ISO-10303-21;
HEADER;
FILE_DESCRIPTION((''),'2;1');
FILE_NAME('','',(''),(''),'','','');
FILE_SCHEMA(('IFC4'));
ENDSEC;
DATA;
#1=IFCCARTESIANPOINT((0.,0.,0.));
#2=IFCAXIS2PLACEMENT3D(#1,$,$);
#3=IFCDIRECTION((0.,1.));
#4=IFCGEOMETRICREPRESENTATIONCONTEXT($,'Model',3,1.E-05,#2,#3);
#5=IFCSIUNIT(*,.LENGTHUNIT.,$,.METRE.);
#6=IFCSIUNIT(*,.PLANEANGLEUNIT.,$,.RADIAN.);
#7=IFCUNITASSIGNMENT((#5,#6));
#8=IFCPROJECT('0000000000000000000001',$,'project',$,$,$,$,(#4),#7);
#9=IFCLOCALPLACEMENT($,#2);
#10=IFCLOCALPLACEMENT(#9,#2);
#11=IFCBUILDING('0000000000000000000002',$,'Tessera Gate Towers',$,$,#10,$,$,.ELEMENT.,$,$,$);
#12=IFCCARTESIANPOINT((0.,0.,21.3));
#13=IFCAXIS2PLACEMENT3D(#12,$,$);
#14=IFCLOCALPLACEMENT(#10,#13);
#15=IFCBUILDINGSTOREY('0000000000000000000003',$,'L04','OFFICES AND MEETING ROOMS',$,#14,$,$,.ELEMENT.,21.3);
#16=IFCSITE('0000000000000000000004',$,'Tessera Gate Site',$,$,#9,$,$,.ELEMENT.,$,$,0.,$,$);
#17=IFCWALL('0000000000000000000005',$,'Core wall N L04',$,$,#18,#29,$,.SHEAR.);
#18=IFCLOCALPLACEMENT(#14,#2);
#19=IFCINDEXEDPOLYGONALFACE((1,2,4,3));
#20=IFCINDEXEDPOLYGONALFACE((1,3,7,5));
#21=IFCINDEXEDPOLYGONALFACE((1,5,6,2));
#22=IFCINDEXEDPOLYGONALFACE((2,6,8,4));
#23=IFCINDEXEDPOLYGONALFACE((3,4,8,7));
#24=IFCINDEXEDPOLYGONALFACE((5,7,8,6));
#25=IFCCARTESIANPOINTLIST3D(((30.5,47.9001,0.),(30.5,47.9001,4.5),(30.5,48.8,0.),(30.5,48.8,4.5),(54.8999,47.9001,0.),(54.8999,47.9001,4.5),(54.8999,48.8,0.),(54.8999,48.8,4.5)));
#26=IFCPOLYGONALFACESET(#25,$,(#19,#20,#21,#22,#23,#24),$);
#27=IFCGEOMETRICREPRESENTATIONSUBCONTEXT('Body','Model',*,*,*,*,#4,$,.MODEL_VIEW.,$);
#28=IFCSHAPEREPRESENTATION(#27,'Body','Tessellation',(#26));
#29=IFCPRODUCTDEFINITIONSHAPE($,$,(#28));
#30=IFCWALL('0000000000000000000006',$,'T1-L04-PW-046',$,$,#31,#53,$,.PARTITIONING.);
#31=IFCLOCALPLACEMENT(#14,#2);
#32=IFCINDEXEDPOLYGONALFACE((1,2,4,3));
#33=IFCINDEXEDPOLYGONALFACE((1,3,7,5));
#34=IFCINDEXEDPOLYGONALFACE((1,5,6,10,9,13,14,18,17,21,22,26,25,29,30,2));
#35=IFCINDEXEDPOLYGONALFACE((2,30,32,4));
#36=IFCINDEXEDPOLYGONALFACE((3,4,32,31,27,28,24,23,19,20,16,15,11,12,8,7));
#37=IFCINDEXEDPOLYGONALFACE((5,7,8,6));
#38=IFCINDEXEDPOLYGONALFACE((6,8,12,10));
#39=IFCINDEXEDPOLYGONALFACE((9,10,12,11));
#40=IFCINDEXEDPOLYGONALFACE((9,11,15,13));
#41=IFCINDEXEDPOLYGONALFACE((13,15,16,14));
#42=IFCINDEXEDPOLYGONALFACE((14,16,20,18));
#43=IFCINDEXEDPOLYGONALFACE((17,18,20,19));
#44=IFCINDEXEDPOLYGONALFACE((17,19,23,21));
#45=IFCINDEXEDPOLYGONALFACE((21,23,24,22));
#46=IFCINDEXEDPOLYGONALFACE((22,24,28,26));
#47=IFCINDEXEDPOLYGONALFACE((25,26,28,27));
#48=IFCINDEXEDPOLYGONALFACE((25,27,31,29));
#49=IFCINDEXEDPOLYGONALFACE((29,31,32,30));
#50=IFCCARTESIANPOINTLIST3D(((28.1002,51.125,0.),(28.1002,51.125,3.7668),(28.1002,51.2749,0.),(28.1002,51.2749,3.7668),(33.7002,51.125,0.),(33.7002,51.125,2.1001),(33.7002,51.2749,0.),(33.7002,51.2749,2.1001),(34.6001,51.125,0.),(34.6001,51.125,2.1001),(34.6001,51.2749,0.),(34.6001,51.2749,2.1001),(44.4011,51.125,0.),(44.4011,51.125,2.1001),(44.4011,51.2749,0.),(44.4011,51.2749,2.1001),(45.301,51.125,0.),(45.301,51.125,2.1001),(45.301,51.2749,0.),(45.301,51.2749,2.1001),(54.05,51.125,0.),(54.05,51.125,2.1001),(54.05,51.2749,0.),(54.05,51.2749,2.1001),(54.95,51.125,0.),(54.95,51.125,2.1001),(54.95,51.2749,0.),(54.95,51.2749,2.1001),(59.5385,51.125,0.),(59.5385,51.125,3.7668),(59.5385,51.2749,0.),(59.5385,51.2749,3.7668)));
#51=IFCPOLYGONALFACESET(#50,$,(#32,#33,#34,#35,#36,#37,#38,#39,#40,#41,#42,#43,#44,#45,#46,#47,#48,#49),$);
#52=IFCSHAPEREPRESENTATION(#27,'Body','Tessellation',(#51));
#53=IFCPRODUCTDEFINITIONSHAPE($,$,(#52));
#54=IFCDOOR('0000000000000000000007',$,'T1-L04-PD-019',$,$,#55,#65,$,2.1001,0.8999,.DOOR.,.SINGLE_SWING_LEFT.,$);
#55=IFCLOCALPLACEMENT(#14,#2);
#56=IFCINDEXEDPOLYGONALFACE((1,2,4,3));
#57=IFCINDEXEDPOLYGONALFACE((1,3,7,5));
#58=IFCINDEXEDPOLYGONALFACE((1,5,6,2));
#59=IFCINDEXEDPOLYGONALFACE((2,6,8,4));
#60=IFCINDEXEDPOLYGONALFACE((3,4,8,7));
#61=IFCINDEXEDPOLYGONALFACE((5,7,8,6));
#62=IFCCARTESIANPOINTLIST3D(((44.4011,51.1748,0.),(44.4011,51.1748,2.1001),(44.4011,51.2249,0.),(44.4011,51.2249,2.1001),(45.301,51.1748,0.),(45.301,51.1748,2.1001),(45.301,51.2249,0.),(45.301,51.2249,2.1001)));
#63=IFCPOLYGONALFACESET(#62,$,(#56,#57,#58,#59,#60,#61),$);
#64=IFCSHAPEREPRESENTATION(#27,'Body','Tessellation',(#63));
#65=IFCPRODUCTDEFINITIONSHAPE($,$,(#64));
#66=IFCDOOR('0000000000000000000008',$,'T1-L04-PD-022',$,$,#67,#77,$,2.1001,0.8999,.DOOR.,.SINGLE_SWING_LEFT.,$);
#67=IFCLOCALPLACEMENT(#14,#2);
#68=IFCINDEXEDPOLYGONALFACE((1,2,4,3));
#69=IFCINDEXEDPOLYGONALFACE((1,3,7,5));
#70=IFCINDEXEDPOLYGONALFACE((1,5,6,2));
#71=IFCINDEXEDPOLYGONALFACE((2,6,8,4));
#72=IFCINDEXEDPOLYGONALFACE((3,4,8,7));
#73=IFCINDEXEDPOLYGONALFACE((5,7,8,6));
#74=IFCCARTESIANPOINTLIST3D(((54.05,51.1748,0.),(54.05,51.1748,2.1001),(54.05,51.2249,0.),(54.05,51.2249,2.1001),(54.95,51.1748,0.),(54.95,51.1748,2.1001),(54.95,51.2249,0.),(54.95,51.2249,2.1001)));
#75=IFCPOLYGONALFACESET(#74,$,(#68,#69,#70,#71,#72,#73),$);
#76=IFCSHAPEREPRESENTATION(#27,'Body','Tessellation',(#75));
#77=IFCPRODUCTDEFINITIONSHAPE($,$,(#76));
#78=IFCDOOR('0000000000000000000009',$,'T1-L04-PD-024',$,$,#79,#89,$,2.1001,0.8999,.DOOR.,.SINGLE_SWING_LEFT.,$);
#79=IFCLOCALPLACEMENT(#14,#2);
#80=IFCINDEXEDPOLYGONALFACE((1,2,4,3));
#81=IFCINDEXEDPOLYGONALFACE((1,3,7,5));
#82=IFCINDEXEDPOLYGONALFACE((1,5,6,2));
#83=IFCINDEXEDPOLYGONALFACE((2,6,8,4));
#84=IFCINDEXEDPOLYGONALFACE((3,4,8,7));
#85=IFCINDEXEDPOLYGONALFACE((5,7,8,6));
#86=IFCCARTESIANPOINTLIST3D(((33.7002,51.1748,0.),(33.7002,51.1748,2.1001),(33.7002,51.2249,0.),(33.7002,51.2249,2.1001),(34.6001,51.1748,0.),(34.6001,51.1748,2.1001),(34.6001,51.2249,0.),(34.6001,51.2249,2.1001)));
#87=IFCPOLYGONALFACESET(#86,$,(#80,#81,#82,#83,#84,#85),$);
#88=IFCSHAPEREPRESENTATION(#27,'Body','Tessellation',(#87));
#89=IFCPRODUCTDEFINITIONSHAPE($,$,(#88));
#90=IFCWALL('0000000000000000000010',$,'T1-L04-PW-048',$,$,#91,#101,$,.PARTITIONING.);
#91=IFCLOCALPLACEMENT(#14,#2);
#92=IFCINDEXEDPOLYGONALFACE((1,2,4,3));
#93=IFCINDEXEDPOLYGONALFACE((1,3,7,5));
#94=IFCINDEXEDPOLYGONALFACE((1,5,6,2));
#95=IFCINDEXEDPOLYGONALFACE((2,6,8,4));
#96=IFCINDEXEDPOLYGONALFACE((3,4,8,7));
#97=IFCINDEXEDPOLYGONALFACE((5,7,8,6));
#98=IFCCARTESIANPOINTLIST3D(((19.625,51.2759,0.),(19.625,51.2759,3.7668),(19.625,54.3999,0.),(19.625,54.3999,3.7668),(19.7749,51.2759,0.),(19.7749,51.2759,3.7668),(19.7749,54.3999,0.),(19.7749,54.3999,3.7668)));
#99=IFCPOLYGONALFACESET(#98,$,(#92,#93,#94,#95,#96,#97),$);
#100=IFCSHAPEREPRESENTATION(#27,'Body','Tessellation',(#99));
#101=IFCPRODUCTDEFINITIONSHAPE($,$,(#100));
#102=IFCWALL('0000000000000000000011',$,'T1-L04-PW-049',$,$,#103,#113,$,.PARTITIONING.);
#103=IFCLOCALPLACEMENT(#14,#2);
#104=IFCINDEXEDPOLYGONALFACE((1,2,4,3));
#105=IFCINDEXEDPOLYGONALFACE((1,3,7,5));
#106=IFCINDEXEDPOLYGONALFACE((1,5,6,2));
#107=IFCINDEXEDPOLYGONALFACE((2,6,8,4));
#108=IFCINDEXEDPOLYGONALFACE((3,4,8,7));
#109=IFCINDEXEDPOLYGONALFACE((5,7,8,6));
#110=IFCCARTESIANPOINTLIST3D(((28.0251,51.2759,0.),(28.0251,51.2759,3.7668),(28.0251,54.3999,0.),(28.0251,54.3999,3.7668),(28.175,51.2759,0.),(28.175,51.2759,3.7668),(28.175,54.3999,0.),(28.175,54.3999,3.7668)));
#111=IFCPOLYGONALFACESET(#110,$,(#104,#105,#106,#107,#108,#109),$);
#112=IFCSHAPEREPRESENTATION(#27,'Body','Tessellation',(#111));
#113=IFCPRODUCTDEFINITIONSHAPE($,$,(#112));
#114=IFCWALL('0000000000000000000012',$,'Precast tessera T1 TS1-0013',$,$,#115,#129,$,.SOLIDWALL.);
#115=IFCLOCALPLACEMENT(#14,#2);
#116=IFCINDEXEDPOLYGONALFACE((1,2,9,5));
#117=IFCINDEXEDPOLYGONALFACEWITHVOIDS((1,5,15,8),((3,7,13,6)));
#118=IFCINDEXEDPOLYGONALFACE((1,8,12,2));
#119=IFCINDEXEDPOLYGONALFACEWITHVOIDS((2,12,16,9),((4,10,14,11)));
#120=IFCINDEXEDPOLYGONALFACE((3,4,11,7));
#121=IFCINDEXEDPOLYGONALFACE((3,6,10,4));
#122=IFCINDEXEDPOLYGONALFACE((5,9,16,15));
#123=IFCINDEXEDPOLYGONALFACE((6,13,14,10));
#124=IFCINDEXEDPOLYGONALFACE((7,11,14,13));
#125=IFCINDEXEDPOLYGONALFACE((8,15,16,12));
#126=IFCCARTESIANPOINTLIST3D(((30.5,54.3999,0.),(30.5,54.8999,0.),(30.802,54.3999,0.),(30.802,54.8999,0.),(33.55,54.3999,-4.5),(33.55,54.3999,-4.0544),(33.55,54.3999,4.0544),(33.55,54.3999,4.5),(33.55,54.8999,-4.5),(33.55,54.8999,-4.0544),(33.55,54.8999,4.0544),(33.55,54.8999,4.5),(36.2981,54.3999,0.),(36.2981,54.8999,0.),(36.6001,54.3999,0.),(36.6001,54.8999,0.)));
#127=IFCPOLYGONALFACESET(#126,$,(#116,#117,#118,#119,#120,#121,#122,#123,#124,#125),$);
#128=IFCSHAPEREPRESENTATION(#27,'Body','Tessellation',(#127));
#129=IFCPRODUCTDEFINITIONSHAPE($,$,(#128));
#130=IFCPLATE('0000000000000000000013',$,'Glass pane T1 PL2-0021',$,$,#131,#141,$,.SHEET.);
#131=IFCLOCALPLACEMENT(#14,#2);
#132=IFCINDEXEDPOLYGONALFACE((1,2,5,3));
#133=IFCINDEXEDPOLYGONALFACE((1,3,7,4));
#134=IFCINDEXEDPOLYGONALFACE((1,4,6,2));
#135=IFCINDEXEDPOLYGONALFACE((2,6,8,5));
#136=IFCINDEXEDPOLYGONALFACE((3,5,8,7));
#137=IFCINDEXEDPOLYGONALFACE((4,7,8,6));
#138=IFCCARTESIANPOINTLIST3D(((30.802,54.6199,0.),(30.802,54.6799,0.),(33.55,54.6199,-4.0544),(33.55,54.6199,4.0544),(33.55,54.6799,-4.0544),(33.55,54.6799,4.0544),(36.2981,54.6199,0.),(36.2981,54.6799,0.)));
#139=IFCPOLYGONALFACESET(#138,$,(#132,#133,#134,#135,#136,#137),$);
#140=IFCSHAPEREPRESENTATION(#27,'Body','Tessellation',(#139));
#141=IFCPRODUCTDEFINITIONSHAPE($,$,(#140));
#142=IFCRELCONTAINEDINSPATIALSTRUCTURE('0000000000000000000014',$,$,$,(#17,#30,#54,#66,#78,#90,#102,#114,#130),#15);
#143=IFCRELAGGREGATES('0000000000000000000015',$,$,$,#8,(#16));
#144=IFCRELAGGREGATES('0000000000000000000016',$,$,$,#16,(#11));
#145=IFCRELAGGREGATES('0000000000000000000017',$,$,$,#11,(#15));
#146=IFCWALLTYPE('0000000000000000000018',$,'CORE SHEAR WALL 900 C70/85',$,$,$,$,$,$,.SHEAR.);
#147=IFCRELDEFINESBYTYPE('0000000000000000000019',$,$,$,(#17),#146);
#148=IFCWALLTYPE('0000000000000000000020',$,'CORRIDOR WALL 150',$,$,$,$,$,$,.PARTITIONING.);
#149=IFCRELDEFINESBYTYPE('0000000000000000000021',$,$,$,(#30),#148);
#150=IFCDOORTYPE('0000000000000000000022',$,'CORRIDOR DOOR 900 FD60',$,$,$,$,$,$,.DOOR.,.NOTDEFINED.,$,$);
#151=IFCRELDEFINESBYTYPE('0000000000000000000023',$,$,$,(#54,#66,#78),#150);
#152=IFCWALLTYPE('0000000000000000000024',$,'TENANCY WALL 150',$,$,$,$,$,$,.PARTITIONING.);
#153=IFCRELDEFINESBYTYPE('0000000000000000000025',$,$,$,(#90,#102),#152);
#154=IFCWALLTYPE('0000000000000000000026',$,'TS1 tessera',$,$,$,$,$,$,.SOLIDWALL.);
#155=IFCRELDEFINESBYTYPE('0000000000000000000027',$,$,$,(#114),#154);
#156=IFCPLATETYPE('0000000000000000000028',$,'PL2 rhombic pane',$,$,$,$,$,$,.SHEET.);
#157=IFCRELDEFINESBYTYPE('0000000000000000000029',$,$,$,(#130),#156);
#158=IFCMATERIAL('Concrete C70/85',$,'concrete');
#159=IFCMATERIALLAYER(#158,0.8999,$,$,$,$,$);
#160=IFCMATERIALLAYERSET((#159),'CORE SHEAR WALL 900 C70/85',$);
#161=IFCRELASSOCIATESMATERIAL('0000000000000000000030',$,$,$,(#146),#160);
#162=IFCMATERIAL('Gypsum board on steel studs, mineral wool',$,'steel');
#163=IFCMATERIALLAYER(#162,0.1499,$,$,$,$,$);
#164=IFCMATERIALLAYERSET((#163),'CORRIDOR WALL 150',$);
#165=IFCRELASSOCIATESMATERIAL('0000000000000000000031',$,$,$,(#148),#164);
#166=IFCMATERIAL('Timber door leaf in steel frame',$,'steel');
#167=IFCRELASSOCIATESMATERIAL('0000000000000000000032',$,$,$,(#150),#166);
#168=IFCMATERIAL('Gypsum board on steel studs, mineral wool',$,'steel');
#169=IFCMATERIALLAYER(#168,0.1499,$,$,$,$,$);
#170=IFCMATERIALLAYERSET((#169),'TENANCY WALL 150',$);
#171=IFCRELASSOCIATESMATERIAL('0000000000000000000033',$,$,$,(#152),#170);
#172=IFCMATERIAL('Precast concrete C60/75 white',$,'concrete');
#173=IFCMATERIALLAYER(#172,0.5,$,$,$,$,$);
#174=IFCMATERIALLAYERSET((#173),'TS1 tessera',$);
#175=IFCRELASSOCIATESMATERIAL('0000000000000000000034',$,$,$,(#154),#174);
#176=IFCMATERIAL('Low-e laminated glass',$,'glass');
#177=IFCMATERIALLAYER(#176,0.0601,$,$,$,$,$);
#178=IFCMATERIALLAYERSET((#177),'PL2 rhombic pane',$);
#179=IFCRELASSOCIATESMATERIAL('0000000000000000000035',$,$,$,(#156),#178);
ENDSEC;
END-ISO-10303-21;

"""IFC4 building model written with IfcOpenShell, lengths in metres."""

from ifc_helpers import new_model, si_unit, direction, frame, frame_2d, origin, place, context, subcontext, project, spatial, polyline, rectangle, outline, extrude, source, transform, mapped, material, layer, layer_set, type_object, element, fill, save


model = new_model("IFC4")

# Units and contexts
model_context = context("Model", 3, precision=1e-05, world=origin(), true_north=direction((0.0, 1.0)))
body_context = subcontext(model_context, "Body", "Model", "MODEL_VIEW")
ifc_project = project(units=[si_unit("LENGTHUNIT", "METRE"), si_unit("PLANEANGLEUNIT", "RADIAN")], contexts=[model_context])

# Site, building, storey
site_placement = place(None, origin())
site = spatial("IfcSite", under=ifc_project, at=site_placement, Name="Tessera Gate Site", CompositionType="ELEMENT", RefElevation=0.0)
building_placement = place(site_placement, origin())
building = spatial("IfcBuilding", under=site, at=building_placement, Name="Tessera Gate Towers", CompositionType="ELEMENT")
storey_placement = place(building_placement, frame((0.0, 0.0, 21.3)))
storey = spatial("IfcBuildingStorey", under=building, at=storey_placement, Name="L04", Description="OFFICES AND MEETING ROOMS", CompositionType="ELEMENT", Elevation=21.3)

# Wall
ifc_material_1 = material(Name="Concrete C70/85", Category="concrete")
ifc_layer_1 = layer(ifc_material_1, 0.8999)
ifc_layer_set_1 = layer_set([ifc_layer_1], Name="CORE SHEAR WALL 900 C70/85")
wall_type_1 = type_object("IfcWallType", Name="CORE SHEAR WALL 900 C70/85", PredefinedType="SHEAR", material=ifc_layer_set_1)
wall_1_placement = place(storey_placement, frame((30.5, 48.3501, 0.0), z_axis=(0.0, 0.0, 1.0), x_axis=(1.0, 0.0, 0.0)))
element("IfcWall", 1, at=wall_1_placement, inside=storey, type_object=wall_type_1, Name="Core wall N L04", PredefinedType="SHEAR", context=body_context, shape_type="SweptSolid", body=[
    extrude(rectangle(XDim=24.3999, YDim=0.8999, at=frame_2d((12.2, 0.0))), origin(), (0.0, 0.0, 1.0), 4.5),
])

# Wall, openings, doors
ifc_material_2 = material(Name="Gypsum board on steel studs, mineral wool", Category="steel")
ifc_layer_2 = layer(ifc_material_2, 0.1499)
ifc_layer_set_2 = layer_set([ifc_layer_2], Name="CORRIDOR WALL 150")
wall_type_2 = type_object("IfcWallType", Name="CORRIDOR WALL 150", PredefinedType="PARTITIONING", material=ifc_layer_set_2)
wall_2_placement = place(storey_placement, frame((28.1001, 51.2, 0.0), z_axis=(0.0, 0.0, 1.0), x_axis=(1.0, 0.0, 0.0)))
wall_2 = element("IfcWall", 2, at=wall_2_placement, inside=storey, type_object=wall_type_2, Name="T1-L04-PW-046", PredefinedType="PARTITIONING", context=body_context, shape_type="SweptSolid", body=[
    extrude(rectangle(XDim=31.4382, YDim=0.1499, at=frame_2d((15.7192, 0.0))), origin(), (0.0, 0.0, 1.0), 3.7668),
])
shared_shape_1 = source(origin(), body_context, "Body", "SweptSolid", [
    extrude(rectangle(XDim=0.8999, YDim=2.1001, at=frame_2d((0.45, 1.05))), frame((0.0, 0.085, 0.0), z_axis=(0.0, -1.0, 0.0), x_axis=(1.0, 0.0, 0.0)), (0.0, 0.0, 1.0), 0.1699),
])
opening_1_placement = place(wall_2_placement, frame((16.301, 0.0, 0.0)))
opening_1 = element("IfcOpeningElement", 3, at=opening_1_placement, cuts=wall_2, PredefinedType="OPENING", context=body_context, shape_type="MappedRepresentation", body=[
    mapped(shared_shape_1, transform((0.0, 0.0, 0.0), scale=1.0)),
])
opening_2_placement = place(wall_2_placement, frame((25.95, 0.0, 0.0)))
opening_2 = element("IfcOpeningElement", 4, at=opening_2_placement, cuts=wall_2, PredefinedType="OPENING", context=body_context, shape_type="MappedRepresentation", body=[
    mapped(shared_shape_1, transform((0.0, 0.0, 0.0), scale=1.0)),
])
opening_3_placement = place(wall_2_placement, frame((5.6001, 0.0, 0.0)))
opening_3 = element("IfcOpeningElement", 5, at=opening_3_placement, cuts=wall_2, PredefinedType="OPENING", context=body_context, shape_type="MappedRepresentation", body=[
    mapped(shared_shape_1, transform((0.0, 0.0, 0.0), scale=1.0)),
])
ifc_material_3 = material(Name="Timber door leaf in steel frame", Category="steel")
door_type = type_object("IfcDoorType", Name="CORRIDOR DOOR 900 FD60", OperationType="NOTDEFINED", PredefinedType="DOOR", material=ifc_material_3)
shared_shape_2 = source(origin(), body_context, "Body", "SweptSolid", [
    extrude(rectangle(XDim=0.8999, YDim=2.1001, at=frame_2d((0.45, 1.05))), frame((0.0, 0.0249, 0.0), z_axis=(0.0, -1.0, 0.0), x_axis=(1.0, 0.0, 0.0)), (0.0, 0.0, 1.0), 0.05),
])
door_1_placement = place(opening_1_placement, origin())
door_1 = element("IfcDoor", 6, at=door_1_placement, inside=storey, type_object=door_type, Name="T1-L04-PD-019", OperationType="SINGLE_SWING_LEFT", OverallHeight=2.1001, OverallWidth=0.8999, PredefinedType="DOOR", context=body_context, shape_type="MappedRepresentation", body=[
    mapped(shared_shape_2, transform((0.0, 0.0, 0.0), scale=1.0)),
])
fill(opening_1, door_1)
door_2_placement = place(opening_2_placement, origin())
door_2 = element("IfcDoor", 7, at=door_2_placement, inside=storey, type_object=door_type, Name="T1-L04-PD-022", OperationType="SINGLE_SWING_LEFT", OverallHeight=2.1001, OverallWidth=0.8999, PredefinedType="DOOR", context=body_context, shape_type="MappedRepresentation", body=[
    mapped(shared_shape_2, transform((0.0, 0.0, 0.0), scale=1.0)),
])
fill(opening_2, door_2)
door_3_placement = place(opening_3_placement, origin())
door_3 = element("IfcDoor", 8, at=door_3_placement, inside=storey, type_object=door_type, Name="T1-L04-PD-024", OperationType="SINGLE_SWING_LEFT", OverallHeight=2.1001, OverallWidth=0.8999, PredefinedType="DOOR", context=body_context, shape_type="MappedRepresentation", body=[
    mapped(shared_shape_2, transform((0.0, 0.0, 0.0), scale=1.0)),
])
fill(opening_3, door_3)

# Walls
ifc_material_4 = material(Name="Gypsum board on steel studs, mineral wool", Category="steel")
ifc_layer_3 = layer(ifc_material_4, 0.1499)
ifc_layer_set_3 = layer_set([ifc_layer_3], Name="TENANCY WALL 150")
wall_type_3 = type_object("IfcWallType", Name="TENANCY WALL 150", PredefinedType="PARTITIONING", material=ifc_layer_set_3)
for number, where, z_axis, x_axis, name in (
    (9, (19.7, 51.2759, 0.0), (0.0, 0.0, 1.0), (0.0, 1.0, 0.0), "T1-L04-PW-048"),
    (10, (28.1001, 51.2759, 0.0), (0.0, 0.0, 1.0), (0.0, 1.0, 0.0), "T1-L04-PW-049"),
):
    element("IfcWall", number, at=place(storey_placement, frame(where, z_axis=z_axis, x_axis=x_axis)), inside=storey, type_object=wall_type_3, Name=name, PredefinedType="PARTITIONING", context=body_context, shape_type="SweptSolid", body=[
        extrude(rectangle(XDim=3.124, YDim=0.1499, at=frame_2d((1.562, 0.0))), origin(), (0.0, 0.0, 1.0), 3.7668),
    ])

# Wall, opening, plate
ifc_material_5 = material(Name="Precast concrete C60/75 white", Category="concrete")
ifc_layer_4 = layer(ifc_material_5, 0.5)
ifc_layer_set_4 = layer_set([ifc_layer_4], Name="TS1 tessera")
wall_type_4 = type_object("IfcWallType", Name="TS1 tessera", PredefinedType="SOLIDWALL", material=ifc_layer_set_4)
shared_shape_3 = source(origin(), body_context, "Body", "SweptSolid", [
    extrude(outline(polyline([(3.05, 0.0), (6.1001, 4.5), (3.05, 9.0), (0.0, 4.5), (3.05, 0.0)])), frame((0.0, 0.25, 0.0), z_axis=(0.0, -1.0, 0.0), x_axis=(1.0, 0.0, 0.0)), (0.0, 0.0, 1.0), 0.5),
])
wall_3_placement = place(storey_placement, frame((36.6001, 54.6499, -4.5), z_axis=(0.0, 0.0, 1.0), x_axis=(-1.0, 0.0, 0.0)))
wall_3 = element("IfcWall", 11, at=wall_3_placement, inside=storey, type_object=wall_type_4, Name="Precast tessera T1 TS1-0013", PredefinedType="SOLIDWALL", context=body_context, shape_type="MappedRepresentation", body=[
    mapped(shared_shape_3, transform((0.0, 0.0, 0.0), scale=1.0)),
])
shared_shape_4 = source(origin(), body_context, "Body", "SweptSolid", [
    extrude(outline(polyline([(3.05, 0.4456), (5.7981, 4.5), (3.05, 8.5544), (0.302, 4.5), (3.05, 0.4456)])), frame((0.0, 0.26, 0.0), z_axis=(0.0, -1.0, 0.0), x_axis=(1.0, 0.0, 0.0)), (0.0, 0.0, 1.0), 0.52),
])
opening_4_placement = place(wall_3_placement, origin())
opening_4 = element("IfcOpeningElement", 12, at=opening_4_placement, cuts=wall_3, PredefinedType="OPENING", context=body_context, shape_type="MappedRepresentation", body=[
    mapped(shared_shape_4, transform((0.0, 0.0, 0.0), scale=1.0)),
])
ifc_material_6 = material(Name="Low-e laminated glass", Category="glass")
ifc_layer_5 = layer(ifc_material_6, 0.0601)
ifc_layer_set_5 = layer_set([ifc_layer_5], Name="PL2 rhombic pane")
plate_type_1 = type_object("IfcPlateType", Name="PL2 rhombic pane", PredefinedType="SHEET", material=ifc_layer_set_5)
shared_shape_5 = source(origin(), body_context, "Body", "SweptSolid", [
    extrude(outline(polyline([(3.05, 0.4456), (5.7981, 4.5), (3.05, 8.5544), (0.302, 4.5), (3.05, 0.4456)])), frame((0.0, 0.03, 0.0), z_axis=(0.0, -1.0, 0.0), x_axis=(1.0, 0.0, 0.0)), (0.0, 0.0, 1.0), 0.0601),
])
plate_1_placement = place(opening_4_placement, origin())
plate_1 = element("IfcPlate", 13, at=plate_1_placement, inside=storey, type_object=plate_type_1, Name="Glass pane T1 PL2-0021", PredefinedType="SHEET", context=body_context, shape_type="MappedRepresentation", body=[
    mapped(shared_shape_5, transform((0.0, 0.0, 0.0), scale=1.0)),
])
fill(opening_4, plate_1)

save(model, "model.ifc")
